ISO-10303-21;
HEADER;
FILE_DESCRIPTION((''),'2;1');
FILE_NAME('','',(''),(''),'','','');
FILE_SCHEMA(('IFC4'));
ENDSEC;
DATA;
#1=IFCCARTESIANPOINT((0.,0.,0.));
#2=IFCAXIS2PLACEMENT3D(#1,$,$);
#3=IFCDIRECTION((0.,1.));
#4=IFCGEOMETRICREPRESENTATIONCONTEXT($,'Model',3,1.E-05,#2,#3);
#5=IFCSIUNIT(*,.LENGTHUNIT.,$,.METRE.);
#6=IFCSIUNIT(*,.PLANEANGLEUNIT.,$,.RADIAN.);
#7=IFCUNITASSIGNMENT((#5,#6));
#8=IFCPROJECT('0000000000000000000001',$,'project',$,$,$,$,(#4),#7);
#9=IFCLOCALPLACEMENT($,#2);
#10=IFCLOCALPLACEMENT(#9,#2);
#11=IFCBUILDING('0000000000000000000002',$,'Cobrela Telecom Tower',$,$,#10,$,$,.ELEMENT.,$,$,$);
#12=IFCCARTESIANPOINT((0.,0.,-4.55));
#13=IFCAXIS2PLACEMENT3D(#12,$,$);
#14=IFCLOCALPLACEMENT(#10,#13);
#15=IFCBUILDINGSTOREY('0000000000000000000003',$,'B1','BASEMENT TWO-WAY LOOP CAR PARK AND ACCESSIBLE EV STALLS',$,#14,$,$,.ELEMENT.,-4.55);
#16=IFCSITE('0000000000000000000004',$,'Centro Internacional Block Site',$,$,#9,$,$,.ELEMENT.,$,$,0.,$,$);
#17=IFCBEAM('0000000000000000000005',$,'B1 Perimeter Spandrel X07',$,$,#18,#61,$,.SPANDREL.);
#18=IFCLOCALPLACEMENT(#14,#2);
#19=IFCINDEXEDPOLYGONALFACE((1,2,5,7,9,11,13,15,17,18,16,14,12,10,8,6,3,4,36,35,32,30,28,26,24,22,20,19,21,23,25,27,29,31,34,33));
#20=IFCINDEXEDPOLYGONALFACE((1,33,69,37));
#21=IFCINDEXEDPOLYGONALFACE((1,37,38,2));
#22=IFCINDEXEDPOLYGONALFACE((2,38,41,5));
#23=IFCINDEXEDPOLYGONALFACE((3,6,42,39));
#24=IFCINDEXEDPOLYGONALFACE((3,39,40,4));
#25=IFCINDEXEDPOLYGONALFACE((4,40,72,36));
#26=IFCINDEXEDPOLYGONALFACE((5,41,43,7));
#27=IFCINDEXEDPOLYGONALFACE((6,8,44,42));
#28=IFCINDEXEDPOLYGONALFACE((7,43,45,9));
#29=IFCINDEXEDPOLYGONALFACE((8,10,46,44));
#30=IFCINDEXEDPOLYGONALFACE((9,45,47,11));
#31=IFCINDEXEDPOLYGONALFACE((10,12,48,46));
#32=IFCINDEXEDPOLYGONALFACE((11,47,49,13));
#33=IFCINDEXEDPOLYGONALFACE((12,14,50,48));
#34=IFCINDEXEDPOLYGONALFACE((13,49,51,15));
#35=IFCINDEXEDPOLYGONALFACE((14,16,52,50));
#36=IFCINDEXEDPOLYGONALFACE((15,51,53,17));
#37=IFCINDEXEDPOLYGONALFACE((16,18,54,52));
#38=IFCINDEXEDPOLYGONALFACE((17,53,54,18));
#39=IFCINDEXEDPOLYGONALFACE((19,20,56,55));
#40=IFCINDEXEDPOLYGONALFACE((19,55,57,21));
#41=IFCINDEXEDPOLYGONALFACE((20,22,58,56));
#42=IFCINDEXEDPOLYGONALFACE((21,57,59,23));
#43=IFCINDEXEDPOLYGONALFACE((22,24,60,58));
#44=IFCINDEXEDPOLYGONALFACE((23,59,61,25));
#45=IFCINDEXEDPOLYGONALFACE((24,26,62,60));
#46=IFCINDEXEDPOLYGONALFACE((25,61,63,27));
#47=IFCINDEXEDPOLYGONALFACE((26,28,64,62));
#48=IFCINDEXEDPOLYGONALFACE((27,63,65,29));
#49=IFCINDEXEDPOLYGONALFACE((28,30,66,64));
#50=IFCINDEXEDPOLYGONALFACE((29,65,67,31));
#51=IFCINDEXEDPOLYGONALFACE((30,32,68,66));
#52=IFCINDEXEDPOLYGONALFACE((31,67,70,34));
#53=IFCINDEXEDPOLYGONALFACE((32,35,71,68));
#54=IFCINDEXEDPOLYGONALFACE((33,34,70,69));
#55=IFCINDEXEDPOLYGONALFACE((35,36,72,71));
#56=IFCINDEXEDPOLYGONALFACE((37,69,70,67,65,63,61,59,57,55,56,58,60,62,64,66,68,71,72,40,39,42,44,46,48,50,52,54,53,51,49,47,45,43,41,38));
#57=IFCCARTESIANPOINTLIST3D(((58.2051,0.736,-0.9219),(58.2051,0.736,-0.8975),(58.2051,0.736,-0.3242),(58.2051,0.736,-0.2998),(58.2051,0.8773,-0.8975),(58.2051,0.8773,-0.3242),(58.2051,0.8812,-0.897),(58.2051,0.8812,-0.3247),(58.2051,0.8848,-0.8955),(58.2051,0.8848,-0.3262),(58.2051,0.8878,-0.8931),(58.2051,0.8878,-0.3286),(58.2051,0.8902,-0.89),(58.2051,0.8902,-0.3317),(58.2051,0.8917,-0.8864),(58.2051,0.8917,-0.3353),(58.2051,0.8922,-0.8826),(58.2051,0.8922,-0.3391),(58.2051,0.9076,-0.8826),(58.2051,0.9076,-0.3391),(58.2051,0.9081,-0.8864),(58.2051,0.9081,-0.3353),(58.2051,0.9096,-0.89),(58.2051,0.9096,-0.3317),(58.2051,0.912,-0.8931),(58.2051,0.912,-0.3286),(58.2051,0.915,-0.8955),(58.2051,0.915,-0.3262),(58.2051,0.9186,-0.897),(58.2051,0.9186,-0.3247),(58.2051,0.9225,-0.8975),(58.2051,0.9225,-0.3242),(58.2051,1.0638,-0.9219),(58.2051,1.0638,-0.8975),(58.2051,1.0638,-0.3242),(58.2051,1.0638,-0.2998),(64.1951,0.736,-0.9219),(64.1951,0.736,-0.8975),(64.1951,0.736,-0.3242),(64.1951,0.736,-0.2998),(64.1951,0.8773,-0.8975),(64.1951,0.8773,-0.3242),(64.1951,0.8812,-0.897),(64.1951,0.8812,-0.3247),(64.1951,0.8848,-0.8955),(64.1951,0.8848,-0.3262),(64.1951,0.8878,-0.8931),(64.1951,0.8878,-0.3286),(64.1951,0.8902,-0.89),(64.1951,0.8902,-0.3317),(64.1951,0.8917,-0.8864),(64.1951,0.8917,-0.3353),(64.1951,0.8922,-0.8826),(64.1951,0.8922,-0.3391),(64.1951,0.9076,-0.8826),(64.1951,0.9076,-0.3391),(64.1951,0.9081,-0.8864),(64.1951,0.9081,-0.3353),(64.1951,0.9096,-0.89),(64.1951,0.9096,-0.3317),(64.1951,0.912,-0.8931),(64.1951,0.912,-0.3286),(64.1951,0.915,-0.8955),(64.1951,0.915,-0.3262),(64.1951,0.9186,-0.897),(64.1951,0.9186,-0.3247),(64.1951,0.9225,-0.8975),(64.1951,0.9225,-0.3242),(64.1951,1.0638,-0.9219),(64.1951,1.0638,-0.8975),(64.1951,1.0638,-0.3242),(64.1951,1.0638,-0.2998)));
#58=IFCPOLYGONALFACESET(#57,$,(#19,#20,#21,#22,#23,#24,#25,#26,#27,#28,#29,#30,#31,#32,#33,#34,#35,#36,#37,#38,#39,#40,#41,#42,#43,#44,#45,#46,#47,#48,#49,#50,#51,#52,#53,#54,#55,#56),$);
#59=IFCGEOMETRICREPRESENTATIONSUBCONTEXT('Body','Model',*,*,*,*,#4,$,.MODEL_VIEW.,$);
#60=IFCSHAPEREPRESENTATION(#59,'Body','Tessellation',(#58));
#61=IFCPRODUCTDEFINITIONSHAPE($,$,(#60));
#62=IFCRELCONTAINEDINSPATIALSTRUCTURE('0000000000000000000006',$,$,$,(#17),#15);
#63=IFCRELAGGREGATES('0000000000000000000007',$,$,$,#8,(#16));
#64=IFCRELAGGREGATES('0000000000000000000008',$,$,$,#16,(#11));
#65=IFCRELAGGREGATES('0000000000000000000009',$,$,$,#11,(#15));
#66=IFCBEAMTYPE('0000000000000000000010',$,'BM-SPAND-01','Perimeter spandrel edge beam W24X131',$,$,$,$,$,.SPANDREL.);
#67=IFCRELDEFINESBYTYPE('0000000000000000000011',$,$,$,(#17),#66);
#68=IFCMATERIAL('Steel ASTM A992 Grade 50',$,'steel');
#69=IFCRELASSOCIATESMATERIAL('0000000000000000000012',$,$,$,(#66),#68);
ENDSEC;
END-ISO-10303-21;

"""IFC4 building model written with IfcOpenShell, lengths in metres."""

from ifc_helpers import new_model, si_unit, direction, frame, origin, origin_2d, place, context, subcontext, project, spatial, i_section, extrude, material, material_profile, profile_set, type_object, element, save


model = new_model("IFC4")

# Units and contexts
model_context = context("Model", 3, precision=1e-05, world=origin(), true_north=direction((0.0, 1.0)))
body_context = subcontext(model_context, "Body", "Model", "MODEL_VIEW")
ifc_project = project(units=[si_unit("LENGTHUNIT", "METRE"), si_unit("PLANEANGLEUNIT", "RADIAN")], contexts=[model_context])

# Site, building, storey
site_placement = place(None, origin())
site = spatial("IfcSite", under=ifc_project, at=site_placement, Name="Centro Internacional Block Site", CompositionType="ELEMENT", RefElevation=0.0)
building_placement = place(site_placement, origin())
building = spatial("IfcBuilding", under=site, at=building_placement, Name="Cobrela Telecom Tower", CompositionType="ELEMENT")
storey_placement = place(building_placement, frame((0.0, 0.0, -4.55)))
storey = spatial("IfcBuildingStorey", under=building, at=storey_placement, Name="B1", Description="BASEMENT TWO-WAY LOOP CAR PARK AND ACCESSIBLE EV STALLS", CompositionType="ELEMENT", Elevation=-4.55)

# Beam
ifc_material_1 = material(Name="Steel ASTM A992 Grade 50", Category="steel")
ifc_material_profile_1 = material_profile(ifc_material_1, i_section(OverallWidth=0.3279, OverallDepth=0.6221, WebThickness=0.0154, FlangeThickness=0.0244, FilletRadius=0.0149, at=origin_2d()), Name="W24X131")
ifc_profile_set_1 = profile_set([ifc_material_profile_1], Name="Steel ASTM A992 Grade 50")
beam_type_1 = type_object("IfcBeamType", Name="BM-SPAND-01", Description="Perimeter spandrel edge beam W24X131", PredefinedType="SPANDREL", material=ifc_profile_set_1)
beam_1_placement = place(storey_placement, frame((58.2051, 0.8999, -0.6108), z_axis=(1.0, 0.0, 0.0), x_axis=(0.0, 1.0, 0.0)))
element("IfcBeam", 1, at=beam_1_placement, inside=storey, type_object=beam_type_1, Name="B1 Perimeter Spandrel X07", PredefinedType="SPANDREL", context=body_context, shape_type="SweptSolid", body=[
    extrude(i_section(OverallWidth=0.3279, OverallDepth=0.6221, WebThickness=0.0154, FlangeThickness=0.0244, FilletRadius=0.0149, at=origin_2d()), origin(), (0.0, 0.0, 1.0), 5.99),
])

save(model, "model.ifc")
